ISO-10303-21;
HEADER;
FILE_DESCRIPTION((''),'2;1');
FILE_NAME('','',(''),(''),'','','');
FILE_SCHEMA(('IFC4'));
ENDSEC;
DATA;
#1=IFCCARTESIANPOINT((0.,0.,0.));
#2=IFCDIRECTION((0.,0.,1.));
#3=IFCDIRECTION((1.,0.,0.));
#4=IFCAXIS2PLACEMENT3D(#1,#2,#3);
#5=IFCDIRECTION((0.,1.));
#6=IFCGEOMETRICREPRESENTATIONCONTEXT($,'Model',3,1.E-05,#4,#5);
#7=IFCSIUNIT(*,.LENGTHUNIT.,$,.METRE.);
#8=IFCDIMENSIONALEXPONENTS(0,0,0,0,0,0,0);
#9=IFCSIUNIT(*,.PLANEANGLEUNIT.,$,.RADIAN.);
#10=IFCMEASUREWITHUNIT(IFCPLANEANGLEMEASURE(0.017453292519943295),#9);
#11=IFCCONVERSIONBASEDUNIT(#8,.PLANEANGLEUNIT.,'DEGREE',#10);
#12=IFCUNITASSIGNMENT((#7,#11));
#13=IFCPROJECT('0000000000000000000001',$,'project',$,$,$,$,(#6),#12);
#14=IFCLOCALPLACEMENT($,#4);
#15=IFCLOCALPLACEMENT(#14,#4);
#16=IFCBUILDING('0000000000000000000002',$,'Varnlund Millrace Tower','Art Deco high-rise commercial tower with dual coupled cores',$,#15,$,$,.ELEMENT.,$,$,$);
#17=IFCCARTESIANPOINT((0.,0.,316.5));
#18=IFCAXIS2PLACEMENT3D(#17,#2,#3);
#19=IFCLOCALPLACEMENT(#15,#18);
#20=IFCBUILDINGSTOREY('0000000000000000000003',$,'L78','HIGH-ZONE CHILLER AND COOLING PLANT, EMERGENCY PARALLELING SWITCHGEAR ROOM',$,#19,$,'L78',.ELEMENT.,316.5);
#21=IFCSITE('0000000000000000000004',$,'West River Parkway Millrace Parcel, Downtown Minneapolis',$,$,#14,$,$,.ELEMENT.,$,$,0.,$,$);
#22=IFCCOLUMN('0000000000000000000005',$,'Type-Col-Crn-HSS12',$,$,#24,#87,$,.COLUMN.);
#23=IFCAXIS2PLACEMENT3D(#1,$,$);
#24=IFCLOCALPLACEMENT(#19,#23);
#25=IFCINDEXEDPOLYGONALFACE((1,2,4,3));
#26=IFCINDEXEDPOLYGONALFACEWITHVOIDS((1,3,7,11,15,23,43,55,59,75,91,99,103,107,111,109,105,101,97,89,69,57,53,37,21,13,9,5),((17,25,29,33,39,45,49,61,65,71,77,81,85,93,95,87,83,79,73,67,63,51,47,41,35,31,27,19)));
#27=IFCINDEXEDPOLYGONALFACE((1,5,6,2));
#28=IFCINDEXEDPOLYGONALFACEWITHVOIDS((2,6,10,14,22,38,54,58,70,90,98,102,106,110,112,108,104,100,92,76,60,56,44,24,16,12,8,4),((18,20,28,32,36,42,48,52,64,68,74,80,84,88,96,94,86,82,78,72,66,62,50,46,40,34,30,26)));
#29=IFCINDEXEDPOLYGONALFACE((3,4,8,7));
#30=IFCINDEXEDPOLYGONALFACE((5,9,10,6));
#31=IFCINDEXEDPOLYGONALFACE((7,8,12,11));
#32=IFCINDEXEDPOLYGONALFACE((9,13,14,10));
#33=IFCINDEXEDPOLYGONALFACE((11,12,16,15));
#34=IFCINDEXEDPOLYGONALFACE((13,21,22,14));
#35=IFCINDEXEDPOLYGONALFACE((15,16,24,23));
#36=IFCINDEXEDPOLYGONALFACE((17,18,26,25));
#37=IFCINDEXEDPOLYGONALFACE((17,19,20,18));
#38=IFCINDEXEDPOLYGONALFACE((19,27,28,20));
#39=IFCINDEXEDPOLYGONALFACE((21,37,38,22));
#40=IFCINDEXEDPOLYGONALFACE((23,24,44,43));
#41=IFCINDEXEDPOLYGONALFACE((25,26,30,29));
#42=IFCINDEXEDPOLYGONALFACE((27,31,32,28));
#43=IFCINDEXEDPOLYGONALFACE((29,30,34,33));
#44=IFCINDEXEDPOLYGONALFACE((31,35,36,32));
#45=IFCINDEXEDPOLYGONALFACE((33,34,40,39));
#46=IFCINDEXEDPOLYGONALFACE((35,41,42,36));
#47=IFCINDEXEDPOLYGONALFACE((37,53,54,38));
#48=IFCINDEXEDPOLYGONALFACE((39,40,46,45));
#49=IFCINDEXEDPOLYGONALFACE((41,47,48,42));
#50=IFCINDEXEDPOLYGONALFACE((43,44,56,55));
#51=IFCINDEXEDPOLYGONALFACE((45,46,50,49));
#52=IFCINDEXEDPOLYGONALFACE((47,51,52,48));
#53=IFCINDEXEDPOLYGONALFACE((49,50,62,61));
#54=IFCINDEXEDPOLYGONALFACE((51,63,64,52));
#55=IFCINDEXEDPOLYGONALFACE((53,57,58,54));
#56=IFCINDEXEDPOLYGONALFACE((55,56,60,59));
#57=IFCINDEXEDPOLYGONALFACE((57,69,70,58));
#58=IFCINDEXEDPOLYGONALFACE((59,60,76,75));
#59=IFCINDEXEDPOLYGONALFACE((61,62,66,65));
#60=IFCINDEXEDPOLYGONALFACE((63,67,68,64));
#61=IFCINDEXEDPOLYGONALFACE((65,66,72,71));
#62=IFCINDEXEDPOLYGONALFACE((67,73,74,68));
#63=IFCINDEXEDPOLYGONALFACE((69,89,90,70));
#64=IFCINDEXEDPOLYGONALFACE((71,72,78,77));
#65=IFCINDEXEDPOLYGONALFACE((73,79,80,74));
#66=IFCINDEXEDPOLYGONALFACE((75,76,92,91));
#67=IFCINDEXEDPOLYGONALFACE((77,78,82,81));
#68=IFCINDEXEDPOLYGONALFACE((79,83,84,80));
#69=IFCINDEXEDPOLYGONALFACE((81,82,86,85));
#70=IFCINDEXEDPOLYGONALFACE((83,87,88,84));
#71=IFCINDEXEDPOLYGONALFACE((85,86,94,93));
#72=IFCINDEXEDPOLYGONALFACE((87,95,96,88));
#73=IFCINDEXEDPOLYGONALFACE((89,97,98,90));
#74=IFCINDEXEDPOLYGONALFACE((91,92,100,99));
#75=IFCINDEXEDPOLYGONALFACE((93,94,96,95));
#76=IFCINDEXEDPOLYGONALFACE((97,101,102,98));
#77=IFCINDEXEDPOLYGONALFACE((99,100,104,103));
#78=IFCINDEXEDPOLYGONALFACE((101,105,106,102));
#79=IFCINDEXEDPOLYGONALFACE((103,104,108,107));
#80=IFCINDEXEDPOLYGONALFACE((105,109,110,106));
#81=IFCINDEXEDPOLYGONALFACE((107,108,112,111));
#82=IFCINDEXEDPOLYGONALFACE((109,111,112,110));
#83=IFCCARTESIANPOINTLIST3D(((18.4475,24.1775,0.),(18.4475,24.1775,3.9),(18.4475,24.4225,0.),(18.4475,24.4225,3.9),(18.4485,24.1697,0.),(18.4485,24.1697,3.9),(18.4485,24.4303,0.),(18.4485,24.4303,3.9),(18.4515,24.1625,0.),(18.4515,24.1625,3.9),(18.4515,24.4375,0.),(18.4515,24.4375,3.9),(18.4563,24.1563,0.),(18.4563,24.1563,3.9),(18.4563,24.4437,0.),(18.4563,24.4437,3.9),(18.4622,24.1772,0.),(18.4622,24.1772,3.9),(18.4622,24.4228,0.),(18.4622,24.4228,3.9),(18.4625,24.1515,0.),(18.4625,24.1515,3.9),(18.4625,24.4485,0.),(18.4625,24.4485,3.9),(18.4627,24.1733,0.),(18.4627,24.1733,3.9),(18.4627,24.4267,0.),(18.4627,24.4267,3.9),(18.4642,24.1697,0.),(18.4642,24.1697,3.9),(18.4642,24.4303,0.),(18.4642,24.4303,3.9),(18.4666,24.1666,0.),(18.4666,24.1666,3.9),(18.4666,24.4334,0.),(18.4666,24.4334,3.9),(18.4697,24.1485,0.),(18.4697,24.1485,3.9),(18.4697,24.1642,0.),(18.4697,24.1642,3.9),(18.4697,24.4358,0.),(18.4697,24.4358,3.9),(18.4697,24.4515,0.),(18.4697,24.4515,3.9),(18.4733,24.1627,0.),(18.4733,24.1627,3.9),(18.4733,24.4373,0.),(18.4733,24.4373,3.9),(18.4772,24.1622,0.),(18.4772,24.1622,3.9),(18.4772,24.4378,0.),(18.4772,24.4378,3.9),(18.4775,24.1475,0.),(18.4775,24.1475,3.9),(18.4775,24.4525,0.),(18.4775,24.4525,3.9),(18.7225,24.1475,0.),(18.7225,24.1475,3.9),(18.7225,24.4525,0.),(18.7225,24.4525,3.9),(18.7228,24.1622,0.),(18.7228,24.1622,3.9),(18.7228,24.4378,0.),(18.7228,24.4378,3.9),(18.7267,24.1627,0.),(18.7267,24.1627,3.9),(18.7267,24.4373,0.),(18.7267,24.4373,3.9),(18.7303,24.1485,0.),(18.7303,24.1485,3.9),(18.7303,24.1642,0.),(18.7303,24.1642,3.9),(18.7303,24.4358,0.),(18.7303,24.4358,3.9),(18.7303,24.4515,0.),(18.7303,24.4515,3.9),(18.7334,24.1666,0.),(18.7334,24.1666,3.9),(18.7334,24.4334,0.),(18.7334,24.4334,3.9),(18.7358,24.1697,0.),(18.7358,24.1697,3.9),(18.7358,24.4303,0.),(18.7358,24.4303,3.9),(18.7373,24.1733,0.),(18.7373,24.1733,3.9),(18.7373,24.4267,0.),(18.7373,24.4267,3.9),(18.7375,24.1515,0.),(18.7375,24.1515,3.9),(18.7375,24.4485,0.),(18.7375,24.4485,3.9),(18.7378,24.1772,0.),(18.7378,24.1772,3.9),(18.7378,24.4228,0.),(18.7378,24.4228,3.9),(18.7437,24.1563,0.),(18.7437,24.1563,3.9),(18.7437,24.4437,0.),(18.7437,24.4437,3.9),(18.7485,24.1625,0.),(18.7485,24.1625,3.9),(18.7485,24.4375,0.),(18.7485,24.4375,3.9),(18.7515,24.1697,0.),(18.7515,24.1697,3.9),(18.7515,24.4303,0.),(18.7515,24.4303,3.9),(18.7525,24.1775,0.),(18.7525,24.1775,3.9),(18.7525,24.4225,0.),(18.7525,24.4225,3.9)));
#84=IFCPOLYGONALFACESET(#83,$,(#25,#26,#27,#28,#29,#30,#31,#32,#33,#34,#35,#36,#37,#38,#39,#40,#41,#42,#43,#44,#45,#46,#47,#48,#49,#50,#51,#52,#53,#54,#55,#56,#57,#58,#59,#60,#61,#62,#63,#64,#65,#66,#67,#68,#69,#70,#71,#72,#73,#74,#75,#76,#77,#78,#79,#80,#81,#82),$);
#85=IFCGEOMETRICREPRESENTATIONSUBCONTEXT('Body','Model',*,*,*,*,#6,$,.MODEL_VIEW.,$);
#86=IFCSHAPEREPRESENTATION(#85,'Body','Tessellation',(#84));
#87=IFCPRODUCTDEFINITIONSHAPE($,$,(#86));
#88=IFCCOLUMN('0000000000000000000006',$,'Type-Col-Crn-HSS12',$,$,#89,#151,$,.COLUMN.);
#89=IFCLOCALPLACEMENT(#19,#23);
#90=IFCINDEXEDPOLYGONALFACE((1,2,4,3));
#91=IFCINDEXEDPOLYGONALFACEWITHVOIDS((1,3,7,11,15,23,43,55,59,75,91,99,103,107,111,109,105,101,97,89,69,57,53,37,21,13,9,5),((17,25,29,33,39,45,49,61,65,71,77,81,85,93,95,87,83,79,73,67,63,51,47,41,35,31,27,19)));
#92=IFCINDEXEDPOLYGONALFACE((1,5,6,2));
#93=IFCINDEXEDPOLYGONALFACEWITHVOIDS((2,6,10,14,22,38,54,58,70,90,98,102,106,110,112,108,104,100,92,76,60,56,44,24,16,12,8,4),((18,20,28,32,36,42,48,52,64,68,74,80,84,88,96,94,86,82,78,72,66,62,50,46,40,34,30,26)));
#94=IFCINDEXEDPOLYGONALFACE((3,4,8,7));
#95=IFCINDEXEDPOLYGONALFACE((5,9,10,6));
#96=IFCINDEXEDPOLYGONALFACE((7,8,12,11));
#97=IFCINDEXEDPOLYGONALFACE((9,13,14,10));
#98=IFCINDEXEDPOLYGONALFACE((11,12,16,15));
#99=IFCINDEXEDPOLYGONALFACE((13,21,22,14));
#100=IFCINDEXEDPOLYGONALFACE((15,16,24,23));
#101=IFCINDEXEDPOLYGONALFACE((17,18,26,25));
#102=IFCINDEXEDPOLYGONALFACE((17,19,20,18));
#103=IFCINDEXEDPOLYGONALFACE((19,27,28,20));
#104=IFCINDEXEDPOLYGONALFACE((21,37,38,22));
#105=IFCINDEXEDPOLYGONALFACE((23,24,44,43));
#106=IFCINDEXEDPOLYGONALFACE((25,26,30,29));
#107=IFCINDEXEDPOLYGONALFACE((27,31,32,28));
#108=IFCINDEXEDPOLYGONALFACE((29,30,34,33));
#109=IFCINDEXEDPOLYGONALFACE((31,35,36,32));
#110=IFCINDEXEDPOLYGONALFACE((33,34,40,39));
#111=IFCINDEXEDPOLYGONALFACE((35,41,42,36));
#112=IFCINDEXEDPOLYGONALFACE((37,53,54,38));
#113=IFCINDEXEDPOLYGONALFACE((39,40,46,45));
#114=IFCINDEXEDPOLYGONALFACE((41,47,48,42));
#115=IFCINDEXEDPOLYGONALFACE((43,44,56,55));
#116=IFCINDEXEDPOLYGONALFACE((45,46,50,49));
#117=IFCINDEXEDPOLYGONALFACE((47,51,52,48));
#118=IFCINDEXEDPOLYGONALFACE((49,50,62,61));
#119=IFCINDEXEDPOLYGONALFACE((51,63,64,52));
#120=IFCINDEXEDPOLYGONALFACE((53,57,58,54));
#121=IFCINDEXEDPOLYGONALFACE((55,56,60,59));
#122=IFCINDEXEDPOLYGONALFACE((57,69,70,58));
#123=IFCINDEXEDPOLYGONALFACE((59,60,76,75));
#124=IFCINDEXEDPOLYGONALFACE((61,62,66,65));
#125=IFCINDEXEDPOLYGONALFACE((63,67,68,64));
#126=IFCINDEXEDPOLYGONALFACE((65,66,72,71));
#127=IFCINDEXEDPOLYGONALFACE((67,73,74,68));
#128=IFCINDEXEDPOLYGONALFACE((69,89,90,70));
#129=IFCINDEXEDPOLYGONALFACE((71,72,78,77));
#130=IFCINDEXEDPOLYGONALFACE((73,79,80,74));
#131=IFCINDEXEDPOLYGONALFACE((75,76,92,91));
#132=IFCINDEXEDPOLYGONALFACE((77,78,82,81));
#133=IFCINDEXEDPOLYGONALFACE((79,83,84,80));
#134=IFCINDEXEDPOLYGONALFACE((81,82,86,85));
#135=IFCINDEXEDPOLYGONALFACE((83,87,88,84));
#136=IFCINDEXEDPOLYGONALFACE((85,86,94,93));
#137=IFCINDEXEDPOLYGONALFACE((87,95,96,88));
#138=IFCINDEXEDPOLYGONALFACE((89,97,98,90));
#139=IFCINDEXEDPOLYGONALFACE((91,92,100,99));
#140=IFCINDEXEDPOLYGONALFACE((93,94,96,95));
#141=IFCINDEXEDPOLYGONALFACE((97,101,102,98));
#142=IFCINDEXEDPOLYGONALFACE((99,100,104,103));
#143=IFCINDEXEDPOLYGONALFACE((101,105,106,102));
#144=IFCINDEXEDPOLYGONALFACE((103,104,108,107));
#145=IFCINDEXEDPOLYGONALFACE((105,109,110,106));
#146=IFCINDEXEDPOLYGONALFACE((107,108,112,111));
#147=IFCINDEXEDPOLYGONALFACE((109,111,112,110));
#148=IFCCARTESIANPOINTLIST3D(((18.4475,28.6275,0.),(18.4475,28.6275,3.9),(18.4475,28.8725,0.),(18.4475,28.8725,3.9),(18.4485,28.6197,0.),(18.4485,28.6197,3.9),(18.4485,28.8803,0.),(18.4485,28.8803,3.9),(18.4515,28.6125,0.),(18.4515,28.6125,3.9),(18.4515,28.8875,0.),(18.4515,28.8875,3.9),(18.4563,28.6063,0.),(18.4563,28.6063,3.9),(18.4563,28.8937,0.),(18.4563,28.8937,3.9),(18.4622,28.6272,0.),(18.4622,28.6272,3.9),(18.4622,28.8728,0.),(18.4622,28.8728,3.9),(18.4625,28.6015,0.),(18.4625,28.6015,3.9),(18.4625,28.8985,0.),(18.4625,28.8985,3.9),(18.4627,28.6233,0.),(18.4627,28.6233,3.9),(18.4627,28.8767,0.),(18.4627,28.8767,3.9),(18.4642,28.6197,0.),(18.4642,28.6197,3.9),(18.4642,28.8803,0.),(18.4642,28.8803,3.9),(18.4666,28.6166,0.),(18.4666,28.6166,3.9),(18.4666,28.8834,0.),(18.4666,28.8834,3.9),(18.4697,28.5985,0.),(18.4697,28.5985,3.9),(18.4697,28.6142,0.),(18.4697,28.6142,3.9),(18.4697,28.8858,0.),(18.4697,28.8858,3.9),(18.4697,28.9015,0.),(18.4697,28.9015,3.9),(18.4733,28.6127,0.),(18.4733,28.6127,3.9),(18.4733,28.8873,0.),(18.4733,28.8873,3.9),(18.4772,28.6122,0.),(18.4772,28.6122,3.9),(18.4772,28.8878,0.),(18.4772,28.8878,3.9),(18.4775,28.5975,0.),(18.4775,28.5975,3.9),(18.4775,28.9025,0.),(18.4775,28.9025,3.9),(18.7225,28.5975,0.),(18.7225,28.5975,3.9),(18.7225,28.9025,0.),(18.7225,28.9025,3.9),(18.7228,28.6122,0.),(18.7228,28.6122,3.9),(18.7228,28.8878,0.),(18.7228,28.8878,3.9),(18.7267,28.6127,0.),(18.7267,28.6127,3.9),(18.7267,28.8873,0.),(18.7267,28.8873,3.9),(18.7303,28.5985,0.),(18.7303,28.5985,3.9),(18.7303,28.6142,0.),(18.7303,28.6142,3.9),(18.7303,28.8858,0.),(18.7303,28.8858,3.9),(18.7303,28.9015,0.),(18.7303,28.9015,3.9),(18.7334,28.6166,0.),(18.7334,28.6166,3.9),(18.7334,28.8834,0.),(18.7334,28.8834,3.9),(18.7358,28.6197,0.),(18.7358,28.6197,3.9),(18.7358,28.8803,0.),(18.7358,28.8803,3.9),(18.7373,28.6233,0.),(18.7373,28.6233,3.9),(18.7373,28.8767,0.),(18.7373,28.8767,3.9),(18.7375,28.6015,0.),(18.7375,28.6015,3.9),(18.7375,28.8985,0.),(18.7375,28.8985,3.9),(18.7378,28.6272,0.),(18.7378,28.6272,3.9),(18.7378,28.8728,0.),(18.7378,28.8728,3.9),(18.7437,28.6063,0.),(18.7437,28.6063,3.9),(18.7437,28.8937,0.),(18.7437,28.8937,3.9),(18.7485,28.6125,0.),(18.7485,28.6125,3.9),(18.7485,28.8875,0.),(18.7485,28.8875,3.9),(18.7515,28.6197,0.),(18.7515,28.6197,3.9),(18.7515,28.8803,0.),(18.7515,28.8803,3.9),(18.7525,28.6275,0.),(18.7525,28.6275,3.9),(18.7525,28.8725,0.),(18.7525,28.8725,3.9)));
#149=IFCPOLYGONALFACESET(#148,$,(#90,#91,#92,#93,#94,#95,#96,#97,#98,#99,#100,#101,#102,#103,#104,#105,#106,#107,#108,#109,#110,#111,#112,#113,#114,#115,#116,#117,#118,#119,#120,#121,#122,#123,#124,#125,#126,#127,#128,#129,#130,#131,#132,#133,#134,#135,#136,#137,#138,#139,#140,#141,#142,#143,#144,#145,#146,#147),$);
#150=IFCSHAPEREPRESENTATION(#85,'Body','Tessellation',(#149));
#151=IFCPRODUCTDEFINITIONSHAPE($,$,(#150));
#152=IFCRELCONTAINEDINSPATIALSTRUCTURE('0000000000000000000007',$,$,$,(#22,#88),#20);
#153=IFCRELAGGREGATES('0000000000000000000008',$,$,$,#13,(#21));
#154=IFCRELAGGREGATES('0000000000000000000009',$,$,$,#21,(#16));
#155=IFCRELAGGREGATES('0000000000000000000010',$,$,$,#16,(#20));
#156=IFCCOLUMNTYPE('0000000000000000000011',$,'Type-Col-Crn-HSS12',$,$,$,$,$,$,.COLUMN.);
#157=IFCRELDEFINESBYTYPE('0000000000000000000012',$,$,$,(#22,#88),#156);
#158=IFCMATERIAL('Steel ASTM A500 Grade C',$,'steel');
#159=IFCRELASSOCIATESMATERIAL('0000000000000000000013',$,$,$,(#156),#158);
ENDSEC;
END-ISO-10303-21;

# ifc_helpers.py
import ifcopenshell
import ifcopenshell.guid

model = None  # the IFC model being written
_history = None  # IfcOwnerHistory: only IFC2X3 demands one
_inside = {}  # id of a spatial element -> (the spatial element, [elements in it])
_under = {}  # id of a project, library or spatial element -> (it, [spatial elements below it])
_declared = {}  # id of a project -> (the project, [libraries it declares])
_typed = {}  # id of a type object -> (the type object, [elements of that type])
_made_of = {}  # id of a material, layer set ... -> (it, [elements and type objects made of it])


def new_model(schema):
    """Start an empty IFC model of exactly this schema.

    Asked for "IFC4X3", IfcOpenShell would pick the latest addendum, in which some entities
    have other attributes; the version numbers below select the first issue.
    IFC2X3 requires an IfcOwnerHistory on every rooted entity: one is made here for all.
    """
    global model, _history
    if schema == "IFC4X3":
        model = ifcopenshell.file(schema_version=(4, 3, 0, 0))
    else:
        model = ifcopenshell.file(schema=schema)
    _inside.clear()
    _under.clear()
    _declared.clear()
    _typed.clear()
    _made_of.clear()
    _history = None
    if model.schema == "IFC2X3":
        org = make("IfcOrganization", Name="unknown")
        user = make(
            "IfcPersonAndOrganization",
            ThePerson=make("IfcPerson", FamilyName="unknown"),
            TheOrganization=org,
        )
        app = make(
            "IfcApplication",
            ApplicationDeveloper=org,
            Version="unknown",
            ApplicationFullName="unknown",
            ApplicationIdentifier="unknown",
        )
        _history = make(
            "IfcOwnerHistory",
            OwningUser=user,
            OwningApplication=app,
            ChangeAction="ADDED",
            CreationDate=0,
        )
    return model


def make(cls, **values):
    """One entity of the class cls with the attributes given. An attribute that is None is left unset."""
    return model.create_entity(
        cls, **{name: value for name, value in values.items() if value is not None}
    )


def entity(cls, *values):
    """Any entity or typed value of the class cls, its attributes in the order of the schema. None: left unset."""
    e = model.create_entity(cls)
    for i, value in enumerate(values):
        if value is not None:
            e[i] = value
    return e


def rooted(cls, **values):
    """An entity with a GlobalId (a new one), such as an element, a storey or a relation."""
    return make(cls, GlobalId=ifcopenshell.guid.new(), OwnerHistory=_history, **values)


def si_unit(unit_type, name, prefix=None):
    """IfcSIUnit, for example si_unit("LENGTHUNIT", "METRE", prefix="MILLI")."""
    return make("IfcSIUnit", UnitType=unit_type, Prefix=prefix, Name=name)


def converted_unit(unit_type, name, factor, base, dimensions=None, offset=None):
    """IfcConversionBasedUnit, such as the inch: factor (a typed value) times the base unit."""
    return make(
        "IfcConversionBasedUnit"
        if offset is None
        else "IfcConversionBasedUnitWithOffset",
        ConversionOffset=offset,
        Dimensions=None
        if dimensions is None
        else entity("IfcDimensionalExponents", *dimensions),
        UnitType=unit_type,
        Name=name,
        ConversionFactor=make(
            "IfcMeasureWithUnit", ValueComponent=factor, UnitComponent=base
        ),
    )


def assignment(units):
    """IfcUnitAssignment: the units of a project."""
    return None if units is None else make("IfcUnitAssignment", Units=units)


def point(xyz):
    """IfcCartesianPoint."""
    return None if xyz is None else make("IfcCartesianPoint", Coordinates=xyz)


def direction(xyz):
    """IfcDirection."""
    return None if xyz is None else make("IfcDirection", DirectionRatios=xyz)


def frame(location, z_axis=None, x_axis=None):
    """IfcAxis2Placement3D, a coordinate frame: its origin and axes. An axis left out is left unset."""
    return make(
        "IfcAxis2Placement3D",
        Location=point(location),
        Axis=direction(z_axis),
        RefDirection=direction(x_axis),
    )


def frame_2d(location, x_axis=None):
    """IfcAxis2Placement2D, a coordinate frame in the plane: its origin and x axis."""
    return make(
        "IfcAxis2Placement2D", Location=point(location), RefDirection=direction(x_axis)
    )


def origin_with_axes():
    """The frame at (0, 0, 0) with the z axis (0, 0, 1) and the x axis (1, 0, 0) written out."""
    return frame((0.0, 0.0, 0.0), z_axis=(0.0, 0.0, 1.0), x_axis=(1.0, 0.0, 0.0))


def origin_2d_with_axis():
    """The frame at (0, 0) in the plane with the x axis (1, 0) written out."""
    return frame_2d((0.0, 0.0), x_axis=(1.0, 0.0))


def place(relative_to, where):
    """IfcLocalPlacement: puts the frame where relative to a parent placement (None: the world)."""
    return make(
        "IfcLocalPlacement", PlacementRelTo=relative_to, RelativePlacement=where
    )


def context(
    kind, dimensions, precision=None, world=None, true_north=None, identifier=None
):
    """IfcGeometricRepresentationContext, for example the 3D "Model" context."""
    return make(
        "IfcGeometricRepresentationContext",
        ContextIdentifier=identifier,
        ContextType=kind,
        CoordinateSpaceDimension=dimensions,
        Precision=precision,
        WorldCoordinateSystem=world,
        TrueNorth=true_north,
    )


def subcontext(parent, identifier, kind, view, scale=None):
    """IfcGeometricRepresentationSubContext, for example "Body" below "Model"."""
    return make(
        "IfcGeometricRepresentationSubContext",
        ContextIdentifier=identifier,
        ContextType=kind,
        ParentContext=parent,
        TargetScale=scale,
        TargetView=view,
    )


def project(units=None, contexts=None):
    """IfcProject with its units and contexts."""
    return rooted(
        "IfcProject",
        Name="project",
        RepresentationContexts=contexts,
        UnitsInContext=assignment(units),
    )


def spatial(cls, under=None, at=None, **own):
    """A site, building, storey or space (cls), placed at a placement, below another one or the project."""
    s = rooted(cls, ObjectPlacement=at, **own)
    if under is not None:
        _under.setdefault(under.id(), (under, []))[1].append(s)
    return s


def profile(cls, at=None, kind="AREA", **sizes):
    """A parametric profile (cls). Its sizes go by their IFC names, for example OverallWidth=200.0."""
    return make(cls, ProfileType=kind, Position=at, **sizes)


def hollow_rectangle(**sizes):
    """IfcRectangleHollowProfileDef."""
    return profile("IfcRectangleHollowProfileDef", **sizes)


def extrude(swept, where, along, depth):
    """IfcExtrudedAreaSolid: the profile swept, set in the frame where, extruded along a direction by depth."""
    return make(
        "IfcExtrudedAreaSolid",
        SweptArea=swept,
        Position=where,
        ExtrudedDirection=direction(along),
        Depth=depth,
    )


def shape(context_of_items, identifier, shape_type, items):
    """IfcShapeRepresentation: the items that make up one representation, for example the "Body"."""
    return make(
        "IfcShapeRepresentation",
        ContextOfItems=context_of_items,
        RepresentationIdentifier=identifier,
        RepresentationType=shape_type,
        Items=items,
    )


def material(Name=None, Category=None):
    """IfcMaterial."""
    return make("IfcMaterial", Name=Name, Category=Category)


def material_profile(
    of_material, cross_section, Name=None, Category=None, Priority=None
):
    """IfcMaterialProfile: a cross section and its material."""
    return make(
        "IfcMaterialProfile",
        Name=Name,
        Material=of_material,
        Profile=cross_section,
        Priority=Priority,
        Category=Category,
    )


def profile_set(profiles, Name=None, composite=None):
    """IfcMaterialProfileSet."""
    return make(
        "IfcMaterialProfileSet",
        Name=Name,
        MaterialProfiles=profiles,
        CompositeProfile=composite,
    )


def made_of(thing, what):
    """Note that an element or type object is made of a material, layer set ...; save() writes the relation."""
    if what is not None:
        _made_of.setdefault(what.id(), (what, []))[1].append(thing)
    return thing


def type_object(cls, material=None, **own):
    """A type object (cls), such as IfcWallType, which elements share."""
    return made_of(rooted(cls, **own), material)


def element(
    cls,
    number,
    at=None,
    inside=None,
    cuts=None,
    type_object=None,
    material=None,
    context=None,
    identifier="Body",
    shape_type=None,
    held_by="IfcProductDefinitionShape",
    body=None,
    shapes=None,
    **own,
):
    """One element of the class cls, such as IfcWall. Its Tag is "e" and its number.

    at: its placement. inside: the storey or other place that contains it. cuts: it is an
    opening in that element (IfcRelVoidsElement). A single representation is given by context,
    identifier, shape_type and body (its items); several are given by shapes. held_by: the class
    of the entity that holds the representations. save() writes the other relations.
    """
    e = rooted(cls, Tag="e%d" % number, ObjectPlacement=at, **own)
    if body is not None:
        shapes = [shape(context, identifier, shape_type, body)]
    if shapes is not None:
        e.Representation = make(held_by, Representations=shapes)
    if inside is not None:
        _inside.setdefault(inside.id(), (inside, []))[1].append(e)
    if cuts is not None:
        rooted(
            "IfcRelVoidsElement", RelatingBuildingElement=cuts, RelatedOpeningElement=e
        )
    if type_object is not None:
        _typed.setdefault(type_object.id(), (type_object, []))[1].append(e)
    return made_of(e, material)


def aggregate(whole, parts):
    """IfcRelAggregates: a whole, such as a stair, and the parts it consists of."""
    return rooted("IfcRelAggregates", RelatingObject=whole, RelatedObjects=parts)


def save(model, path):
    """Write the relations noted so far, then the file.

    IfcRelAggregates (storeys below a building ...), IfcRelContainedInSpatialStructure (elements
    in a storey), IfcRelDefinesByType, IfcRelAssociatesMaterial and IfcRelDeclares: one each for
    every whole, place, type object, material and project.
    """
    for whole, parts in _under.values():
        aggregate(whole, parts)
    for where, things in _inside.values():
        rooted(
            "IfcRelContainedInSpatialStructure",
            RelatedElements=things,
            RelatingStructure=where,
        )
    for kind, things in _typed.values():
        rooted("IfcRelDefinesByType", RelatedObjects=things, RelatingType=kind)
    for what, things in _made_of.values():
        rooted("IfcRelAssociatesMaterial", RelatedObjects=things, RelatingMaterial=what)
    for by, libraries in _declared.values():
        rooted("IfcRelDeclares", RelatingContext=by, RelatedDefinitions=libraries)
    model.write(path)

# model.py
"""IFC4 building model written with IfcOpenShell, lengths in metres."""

from ifc_helpers import new_model, entity, si_unit, converted_unit, direction, frame, origin_with_axes, origin_2d_with_axis, place, context, subcontext, project, spatial, hollow_rectangle, extrude, material, material_profile, profile_set, type_object, element, save


model = new_model("IFC4")

# Units and contexts
model_context = context("Model", 3, precision=1e-05, world=origin_with_axes(), true_north=direction((0.0, 1.0)))
body_context = subcontext(model_context, "Body", "Model", "MODEL_VIEW")
ifc_project = project(units=[si_unit("LENGTHUNIT", "METRE"), converted_unit("PLANEANGLEUNIT", "DEGREE", entity("IfcPlaneAngleMeasure", 0.017453292519943295), si_unit("PLANEANGLEUNIT", "RADIAN"), dimensions=[0, 0, 0, 0, 0, 0, 0])], contexts=[model_context])

# Site, building, storey
site_placement = place(None, origin_with_axes())
site = spatial("IfcSite", under=ifc_project, at=site_placement, Name="West River Parkway Millrace Parcel, Downtown Minneapolis", CompositionType="ELEMENT", RefElevation=0.0)
building_placement = place(site_placement, origin_with_axes())
building = spatial("IfcBuilding", under=site, at=building_placement, Name="Varnlund Millrace Tower", Description="Art Deco high-rise commercial tower with dual coupled cores", CompositionType="ELEMENT")
storey_placement = place(building_placement, frame((0.0, 0.0, 316.5), z_axis=(0.0, 0.0, 1.0), x_axis=(1.0, 0.0, 0.0)))
storey = spatial("IfcBuildingStorey", under=building, at=storey_placement, Name="L78", Description="HIGH-ZONE CHILLER AND COOLING PLANT, EMERGENCY PARALLELING SWITCHGEAR ROOM", LongName="L78", CompositionType="ELEMENT", Elevation=316.5)

# Columns
ifc_material_1 = material(Name="Steel ASTM A500 Grade C", Category="steel")
ifc_material_profile_1 = material_profile(ifc_material_1, hollow_rectangle(XDim=0.305, YDim=0.305, WallThickness=0.0147, InnerFilletRadius=0.015, OuterFilletRadius=0.03, at=origin_2d_with_axis()), Name="Steel ASTM A500 Grade C")
ifc_profile_set_1 = profile_set([ifc_material_profile_1], Name="Steel ASTM A500 Grade C")
column_type = type_object("IfcColumnType", Name="Type-Col-Crn-HSS12", PredefinedType="COLUMN", material=ifc_profile_set_1)
for number, where, z_axis, x_axis, name in (
    (1, (18.6, 24.3, 0.0), (0.0, 0.0, 1.0), (1.0, 0.0, 0.0), "Type-Col-Crn-HSS12"),
    (2, (18.6, 28.75, 0.0), (0.0, 0.0, 1.0), (1.0, 0.0, 0.0), "Type-Col-Crn-HSS12"),
):
    element("IfcColumn", number, at=place(storey_placement, frame(where, z_axis=z_axis, x_axis=x_axis)), inside=storey, type_object=column_type, Name=name, PredefinedType="COLUMN", context=body_context, shape_type="SweptSolid", body=[
        extrude(hollow_rectangle(XDim=0.305, YDim=0.305, WallThickness=0.0147, InnerFilletRadius=0.015, OuterFilletRadius=0.03, at=origin_2d_with_axis()), origin_with_axes(), (0.0, 0.0, 1.0), 3.9),
    ])

save(model, "model.ifc")
